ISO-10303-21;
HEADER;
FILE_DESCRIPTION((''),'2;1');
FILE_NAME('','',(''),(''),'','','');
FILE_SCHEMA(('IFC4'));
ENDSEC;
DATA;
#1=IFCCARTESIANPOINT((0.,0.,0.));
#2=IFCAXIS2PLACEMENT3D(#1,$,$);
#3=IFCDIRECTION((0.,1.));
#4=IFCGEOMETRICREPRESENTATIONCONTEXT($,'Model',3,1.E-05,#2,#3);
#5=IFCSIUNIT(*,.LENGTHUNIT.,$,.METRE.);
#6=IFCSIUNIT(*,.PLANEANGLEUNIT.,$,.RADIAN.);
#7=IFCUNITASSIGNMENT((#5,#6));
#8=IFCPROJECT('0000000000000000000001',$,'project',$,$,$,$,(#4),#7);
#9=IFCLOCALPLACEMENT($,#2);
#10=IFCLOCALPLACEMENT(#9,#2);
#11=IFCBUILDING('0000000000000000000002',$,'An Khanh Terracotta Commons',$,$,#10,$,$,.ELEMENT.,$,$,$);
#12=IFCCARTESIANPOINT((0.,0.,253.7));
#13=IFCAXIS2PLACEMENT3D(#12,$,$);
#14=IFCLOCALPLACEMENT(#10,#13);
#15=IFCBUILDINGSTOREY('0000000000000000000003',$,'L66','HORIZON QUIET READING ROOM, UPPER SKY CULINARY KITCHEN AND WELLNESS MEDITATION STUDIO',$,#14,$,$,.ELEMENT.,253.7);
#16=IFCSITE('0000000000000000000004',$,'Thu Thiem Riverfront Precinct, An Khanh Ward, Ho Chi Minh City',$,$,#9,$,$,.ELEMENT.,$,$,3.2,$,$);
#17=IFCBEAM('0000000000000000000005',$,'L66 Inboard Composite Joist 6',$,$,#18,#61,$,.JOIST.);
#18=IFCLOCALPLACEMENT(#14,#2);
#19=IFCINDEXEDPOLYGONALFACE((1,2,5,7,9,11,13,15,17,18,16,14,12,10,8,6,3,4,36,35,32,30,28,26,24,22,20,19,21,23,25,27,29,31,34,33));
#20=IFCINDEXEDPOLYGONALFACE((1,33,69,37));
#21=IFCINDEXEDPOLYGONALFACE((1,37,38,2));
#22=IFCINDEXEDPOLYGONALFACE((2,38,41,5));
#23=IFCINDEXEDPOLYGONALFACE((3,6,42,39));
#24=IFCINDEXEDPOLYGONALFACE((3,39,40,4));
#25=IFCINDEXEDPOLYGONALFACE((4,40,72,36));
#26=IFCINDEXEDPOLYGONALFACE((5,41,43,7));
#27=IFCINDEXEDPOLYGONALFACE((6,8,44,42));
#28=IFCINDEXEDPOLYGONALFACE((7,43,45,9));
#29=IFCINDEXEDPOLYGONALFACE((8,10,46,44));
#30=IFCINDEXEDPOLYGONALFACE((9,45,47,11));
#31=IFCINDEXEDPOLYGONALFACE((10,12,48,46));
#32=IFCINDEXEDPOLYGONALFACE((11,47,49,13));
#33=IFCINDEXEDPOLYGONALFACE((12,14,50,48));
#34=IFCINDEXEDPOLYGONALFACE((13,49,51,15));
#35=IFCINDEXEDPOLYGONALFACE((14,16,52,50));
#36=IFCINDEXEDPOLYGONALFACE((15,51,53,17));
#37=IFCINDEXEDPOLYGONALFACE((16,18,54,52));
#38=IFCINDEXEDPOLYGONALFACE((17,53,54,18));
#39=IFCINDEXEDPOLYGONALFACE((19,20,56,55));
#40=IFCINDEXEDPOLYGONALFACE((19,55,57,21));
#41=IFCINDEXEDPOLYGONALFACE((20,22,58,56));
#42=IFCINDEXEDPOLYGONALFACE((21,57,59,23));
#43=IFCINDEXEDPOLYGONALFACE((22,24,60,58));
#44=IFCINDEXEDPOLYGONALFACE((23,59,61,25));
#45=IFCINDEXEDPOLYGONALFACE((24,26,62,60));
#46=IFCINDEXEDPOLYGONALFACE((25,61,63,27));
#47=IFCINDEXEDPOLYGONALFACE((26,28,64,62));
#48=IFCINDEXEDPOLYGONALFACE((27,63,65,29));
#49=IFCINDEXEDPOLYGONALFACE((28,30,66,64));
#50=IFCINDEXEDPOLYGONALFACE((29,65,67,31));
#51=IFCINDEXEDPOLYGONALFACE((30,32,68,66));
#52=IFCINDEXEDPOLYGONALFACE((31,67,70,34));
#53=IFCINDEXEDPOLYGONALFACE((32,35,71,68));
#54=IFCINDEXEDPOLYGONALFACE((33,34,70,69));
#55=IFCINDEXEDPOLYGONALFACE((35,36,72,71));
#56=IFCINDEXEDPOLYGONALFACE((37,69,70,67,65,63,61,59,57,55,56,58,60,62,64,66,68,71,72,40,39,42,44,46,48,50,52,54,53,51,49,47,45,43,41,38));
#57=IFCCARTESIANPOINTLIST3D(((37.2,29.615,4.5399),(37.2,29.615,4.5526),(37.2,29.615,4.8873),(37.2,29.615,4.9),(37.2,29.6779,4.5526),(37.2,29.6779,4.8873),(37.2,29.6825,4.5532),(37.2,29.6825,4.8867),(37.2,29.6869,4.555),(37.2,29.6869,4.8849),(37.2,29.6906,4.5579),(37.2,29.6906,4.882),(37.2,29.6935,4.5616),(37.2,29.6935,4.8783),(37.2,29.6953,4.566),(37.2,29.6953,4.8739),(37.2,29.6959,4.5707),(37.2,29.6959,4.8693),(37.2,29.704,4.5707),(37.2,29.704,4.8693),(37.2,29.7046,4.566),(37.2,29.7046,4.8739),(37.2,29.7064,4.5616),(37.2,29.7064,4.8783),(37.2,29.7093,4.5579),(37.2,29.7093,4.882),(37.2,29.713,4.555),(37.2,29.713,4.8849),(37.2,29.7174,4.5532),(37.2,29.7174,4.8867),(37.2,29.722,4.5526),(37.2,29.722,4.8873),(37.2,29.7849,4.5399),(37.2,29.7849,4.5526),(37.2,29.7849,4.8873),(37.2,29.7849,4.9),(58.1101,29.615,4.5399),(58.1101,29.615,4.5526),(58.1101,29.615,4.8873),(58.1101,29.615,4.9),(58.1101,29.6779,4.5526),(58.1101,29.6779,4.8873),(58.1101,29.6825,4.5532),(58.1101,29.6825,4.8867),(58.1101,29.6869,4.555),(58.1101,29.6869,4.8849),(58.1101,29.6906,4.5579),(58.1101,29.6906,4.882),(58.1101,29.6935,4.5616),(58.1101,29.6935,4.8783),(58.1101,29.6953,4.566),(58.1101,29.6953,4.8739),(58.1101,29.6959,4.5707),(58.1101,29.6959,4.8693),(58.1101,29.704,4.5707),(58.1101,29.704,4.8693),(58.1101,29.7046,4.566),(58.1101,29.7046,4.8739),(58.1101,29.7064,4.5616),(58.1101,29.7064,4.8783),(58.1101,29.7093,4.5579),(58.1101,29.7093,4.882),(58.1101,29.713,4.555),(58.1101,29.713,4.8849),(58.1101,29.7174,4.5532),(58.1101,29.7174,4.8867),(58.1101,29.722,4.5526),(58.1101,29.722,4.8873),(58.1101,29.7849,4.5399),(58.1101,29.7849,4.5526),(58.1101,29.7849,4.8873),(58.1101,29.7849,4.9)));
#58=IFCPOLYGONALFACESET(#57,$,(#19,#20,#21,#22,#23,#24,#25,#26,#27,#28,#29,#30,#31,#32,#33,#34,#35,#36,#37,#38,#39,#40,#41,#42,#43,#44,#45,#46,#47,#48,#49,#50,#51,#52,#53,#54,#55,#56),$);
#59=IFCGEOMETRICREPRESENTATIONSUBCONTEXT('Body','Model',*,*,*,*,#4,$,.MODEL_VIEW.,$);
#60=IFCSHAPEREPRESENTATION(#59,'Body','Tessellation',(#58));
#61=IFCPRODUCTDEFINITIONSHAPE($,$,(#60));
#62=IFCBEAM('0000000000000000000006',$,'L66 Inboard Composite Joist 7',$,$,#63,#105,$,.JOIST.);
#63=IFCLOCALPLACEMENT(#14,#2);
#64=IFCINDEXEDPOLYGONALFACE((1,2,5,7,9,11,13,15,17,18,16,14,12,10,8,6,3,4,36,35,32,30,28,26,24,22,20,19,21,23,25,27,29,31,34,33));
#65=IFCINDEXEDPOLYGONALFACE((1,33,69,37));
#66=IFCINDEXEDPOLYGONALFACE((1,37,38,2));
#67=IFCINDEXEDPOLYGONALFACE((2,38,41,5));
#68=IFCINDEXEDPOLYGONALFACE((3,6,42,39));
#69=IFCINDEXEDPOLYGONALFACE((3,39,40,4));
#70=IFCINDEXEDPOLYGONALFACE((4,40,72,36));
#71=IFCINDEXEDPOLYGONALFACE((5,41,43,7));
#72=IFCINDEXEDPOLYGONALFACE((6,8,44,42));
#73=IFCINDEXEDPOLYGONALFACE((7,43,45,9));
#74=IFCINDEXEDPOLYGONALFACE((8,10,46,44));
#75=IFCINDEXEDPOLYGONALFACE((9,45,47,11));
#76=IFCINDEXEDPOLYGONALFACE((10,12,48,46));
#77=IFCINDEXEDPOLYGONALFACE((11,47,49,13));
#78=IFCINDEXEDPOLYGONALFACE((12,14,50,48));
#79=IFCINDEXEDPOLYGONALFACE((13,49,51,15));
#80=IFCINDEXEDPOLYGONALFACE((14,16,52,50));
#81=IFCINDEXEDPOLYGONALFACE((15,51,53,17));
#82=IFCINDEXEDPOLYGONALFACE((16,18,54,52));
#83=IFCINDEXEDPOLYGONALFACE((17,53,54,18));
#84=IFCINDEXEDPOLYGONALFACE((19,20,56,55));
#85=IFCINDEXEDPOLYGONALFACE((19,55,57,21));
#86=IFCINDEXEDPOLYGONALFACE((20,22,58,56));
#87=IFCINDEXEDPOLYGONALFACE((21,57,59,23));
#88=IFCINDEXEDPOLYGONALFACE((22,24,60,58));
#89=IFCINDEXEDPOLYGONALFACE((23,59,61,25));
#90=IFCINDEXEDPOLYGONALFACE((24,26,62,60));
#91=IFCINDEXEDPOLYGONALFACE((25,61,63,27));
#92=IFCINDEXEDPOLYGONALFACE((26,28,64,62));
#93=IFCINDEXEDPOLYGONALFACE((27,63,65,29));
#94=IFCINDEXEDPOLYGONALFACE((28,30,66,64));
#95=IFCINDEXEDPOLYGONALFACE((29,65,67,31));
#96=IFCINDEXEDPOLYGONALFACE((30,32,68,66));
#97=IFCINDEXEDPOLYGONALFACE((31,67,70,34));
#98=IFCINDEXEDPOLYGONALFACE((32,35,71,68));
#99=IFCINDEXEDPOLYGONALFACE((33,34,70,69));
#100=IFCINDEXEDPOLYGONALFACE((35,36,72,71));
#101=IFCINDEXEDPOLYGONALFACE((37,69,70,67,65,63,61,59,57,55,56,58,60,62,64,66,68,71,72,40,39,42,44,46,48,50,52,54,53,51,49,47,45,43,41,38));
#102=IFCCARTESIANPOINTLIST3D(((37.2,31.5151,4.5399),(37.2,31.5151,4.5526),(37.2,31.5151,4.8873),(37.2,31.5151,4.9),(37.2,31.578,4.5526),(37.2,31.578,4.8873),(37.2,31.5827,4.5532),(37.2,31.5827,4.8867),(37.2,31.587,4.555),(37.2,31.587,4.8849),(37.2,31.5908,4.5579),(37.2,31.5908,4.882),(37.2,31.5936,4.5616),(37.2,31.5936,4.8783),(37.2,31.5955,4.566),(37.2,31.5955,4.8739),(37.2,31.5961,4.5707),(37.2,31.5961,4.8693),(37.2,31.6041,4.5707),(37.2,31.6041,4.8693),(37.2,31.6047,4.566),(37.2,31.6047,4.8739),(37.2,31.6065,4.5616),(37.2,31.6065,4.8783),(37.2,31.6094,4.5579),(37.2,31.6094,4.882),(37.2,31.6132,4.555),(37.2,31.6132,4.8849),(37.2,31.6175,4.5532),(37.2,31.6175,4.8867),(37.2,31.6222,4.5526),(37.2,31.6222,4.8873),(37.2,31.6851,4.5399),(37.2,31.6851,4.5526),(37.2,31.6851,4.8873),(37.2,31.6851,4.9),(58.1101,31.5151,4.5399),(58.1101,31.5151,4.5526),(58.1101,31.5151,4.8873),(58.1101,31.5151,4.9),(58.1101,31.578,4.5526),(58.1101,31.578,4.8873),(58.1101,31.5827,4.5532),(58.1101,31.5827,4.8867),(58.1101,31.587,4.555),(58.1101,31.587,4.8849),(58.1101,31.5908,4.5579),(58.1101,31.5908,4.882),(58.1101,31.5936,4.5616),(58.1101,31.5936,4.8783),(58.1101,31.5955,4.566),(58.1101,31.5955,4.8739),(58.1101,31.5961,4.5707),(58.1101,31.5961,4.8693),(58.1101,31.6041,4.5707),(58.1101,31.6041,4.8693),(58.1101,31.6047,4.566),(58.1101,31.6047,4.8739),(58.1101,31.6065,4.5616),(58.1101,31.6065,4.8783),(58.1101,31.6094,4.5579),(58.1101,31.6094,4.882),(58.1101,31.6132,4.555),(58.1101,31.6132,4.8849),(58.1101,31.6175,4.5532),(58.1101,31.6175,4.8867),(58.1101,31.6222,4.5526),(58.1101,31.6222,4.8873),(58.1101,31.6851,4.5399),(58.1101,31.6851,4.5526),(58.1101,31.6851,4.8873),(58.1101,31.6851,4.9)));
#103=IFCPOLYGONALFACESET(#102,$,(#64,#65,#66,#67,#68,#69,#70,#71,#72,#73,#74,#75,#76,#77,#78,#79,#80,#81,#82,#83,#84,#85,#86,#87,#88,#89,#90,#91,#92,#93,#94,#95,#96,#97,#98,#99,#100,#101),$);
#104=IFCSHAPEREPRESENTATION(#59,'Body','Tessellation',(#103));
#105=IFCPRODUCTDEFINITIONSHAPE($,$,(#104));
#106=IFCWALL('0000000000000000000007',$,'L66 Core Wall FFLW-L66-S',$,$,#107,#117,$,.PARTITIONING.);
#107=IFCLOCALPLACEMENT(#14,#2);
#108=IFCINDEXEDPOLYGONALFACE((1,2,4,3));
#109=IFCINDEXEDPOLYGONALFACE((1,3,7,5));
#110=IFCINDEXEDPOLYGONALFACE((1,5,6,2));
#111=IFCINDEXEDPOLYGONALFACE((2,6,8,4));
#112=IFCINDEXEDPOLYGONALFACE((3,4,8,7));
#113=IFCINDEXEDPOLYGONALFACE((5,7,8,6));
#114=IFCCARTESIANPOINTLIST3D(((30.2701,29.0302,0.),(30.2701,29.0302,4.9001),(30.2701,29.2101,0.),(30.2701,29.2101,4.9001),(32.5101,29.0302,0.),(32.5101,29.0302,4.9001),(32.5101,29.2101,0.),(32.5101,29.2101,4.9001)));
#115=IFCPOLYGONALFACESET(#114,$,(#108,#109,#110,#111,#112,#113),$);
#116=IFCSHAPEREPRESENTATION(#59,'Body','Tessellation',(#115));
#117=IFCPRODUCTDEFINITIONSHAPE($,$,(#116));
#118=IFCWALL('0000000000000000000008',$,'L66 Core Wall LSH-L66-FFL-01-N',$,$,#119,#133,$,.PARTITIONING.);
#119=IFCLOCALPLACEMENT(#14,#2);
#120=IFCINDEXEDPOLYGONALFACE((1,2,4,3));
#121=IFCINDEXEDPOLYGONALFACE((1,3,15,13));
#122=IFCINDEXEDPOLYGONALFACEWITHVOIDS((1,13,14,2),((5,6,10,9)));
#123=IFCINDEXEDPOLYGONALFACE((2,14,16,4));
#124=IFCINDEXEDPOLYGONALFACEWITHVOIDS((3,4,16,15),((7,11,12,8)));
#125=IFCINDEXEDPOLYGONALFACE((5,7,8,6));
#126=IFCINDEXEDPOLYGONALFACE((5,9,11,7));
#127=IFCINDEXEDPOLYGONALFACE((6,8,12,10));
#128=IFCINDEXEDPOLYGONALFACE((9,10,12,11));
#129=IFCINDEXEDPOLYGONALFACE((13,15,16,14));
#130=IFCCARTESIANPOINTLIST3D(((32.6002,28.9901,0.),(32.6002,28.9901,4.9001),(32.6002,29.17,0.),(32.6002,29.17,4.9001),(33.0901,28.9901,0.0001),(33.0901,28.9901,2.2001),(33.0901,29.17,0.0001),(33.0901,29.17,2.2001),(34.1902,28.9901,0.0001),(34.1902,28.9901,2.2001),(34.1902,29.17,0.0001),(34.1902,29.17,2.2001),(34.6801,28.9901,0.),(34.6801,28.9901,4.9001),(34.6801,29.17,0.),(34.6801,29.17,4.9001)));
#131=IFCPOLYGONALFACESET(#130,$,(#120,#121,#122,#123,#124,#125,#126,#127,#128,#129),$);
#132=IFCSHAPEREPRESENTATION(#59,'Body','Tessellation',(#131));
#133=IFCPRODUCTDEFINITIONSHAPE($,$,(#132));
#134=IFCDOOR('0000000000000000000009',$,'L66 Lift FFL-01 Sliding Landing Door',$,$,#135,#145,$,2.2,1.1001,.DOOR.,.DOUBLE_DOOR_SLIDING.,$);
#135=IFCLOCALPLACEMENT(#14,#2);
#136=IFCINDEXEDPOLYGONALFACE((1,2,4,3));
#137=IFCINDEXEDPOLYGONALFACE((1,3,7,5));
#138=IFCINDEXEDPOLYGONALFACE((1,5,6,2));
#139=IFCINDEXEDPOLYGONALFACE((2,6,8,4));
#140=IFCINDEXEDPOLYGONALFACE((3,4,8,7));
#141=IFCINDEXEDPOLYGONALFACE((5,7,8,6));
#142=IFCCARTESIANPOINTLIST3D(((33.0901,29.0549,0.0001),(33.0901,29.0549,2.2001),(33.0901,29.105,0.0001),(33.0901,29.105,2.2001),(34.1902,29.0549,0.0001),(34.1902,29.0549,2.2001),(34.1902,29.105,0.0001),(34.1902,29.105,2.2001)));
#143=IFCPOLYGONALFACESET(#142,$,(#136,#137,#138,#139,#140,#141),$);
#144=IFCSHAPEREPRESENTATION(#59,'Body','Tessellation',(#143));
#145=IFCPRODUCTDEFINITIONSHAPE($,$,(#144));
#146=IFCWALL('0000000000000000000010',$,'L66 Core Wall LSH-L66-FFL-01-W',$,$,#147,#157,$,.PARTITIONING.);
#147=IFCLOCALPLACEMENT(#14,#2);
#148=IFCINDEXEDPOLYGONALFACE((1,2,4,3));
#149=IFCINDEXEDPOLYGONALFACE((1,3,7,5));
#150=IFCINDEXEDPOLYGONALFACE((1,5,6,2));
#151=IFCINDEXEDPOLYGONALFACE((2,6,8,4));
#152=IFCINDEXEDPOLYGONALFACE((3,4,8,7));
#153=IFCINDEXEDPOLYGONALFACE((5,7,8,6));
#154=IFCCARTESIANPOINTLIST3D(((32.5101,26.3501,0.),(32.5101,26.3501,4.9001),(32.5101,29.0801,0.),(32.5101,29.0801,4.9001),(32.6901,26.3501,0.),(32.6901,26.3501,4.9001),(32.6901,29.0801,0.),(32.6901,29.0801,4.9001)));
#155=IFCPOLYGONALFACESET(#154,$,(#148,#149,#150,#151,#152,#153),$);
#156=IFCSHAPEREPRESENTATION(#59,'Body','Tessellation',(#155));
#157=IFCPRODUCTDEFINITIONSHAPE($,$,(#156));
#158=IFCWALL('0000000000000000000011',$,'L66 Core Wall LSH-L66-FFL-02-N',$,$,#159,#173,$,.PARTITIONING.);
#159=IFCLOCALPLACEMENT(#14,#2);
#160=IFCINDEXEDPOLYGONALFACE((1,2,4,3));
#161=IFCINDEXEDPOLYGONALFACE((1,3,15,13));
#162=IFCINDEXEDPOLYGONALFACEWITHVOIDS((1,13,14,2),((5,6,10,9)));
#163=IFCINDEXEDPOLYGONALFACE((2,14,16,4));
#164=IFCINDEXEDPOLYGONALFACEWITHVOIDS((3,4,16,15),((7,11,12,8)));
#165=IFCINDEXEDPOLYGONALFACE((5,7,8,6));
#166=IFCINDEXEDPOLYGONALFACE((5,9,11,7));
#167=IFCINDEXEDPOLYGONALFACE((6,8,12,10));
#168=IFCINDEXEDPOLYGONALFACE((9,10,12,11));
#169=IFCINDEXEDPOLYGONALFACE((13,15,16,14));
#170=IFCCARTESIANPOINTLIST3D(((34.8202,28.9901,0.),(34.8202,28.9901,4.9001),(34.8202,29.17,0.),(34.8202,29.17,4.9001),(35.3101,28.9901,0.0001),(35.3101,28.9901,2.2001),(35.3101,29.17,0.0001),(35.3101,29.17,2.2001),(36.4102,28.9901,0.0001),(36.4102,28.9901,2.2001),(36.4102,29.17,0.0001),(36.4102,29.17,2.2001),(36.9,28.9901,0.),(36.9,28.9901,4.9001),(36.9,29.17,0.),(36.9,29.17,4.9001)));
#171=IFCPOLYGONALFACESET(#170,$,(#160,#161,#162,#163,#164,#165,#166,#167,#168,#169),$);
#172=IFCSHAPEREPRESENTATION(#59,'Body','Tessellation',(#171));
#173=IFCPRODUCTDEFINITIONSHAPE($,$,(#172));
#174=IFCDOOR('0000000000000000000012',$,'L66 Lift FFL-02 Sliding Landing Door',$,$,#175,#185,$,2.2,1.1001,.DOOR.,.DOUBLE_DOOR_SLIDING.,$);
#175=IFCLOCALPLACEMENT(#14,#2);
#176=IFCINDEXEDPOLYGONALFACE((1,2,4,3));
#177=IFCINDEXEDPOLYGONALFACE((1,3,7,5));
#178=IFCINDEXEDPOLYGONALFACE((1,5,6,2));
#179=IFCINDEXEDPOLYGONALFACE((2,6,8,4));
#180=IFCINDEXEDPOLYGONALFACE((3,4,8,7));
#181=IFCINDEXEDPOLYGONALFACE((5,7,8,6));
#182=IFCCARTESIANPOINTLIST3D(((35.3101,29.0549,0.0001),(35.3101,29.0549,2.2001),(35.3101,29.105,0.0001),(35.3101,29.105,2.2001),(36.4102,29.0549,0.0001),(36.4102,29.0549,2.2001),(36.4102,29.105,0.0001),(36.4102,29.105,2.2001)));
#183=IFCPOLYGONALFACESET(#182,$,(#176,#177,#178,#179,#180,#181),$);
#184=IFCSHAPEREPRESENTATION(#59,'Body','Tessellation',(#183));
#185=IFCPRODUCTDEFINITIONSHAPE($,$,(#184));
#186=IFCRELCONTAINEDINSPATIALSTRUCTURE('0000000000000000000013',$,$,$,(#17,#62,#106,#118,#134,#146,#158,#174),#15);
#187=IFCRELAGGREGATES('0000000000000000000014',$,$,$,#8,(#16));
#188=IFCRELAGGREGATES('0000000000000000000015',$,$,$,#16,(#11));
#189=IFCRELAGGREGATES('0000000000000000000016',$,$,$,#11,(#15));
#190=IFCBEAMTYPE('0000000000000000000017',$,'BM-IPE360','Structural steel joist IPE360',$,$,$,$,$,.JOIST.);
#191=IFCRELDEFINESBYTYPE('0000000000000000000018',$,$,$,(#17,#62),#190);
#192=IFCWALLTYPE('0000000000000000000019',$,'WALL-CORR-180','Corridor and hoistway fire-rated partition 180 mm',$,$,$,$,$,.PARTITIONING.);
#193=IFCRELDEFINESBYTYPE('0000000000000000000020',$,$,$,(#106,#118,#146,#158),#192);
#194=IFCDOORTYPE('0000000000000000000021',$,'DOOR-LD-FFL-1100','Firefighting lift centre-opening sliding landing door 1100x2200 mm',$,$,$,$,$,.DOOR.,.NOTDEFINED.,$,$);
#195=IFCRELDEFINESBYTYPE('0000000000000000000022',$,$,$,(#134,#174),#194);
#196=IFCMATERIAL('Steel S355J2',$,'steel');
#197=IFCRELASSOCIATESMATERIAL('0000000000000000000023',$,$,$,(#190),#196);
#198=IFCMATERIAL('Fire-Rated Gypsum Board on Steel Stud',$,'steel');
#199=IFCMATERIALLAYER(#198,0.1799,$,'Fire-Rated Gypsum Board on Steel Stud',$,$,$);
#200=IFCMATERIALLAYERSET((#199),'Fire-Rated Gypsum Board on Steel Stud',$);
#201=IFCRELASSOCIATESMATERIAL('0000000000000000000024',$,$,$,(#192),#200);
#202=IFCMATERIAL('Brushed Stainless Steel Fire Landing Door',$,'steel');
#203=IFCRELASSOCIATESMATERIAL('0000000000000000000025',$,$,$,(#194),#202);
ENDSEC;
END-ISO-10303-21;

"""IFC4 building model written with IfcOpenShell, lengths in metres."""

from ifc_helpers import new_model, si_unit, direction, frame, frame_2d, origin, origin_2d, place, context, subcontext, project, spatial, rectangle, i_section, extrude, material, layer, layer_set, material_profile, profile_set, type_object, element, fill, save


model = new_model("IFC4")

# Units and contexts
model_context = context("Model", 3, precision=1e-05, world=origin(), true_north=direction((0.0, 1.0)))
body_context = subcontext(model_context, "Body", "Model", "MODEL_VIEW")
ifc_project = project(units=[si_unit("LENGTHUNIT", "METRE"), si_unit("PLANEANGLEUNIT", "RADIAN")], contexts=[model_context])

# Site, building, storey
site_placement = place(None, origin())
site = spatial("IfcSite", under=ifc_project, at=site_placement, Name="Thu Thiem Riverfront Precinct, An Khanh Ward, Ho Chi Minh City", CompositionType="ELEMENT", RefElevation=3.2)
building_placement = place(site_placement, origin())
building = spatial("IfcBuilding", under=site, at=building_placement, Name="An Khanh Terracotta Commons", CompositionType="ELEMENT")
storey_placement = place(building_placement, frame((0.0, 0.0, 253.7)))
storey = spatial("IfcBuildingStorey", under=building, at=storey_placement, Name="L66", Description="HORIZON QUIET READING ROOM, UPPER SKY CULINARY KITCHEN AND WELLNESS MEDITATION STUDIO", CompositionType="ELEMENT", Elevation=253.7)

# Beams
ifc_material_1 = material(Name="Steel S355J2", Category="steel")
ifc_material_profile_1 = material_profile(ifc_material_1, i_section(OverallWidth=0.1699, OverallDepth=0.3601, WebThickness=0.0081, FlangeThickness=0.0127, FilletRadius=0.0181, at=origin_2d()), Name="IPE360")
ifc_profile_set_1 = profile_set([ifc_material_profile_1], Name="Steel S355J2")
beam_type_1 = type_object("IfcBeamType", Name="BM-IPE360", Description="Structural steel joist IPE360", PredefinedType="JOIST", material=ifc_profile_set_1)
for number, where, z_axis, x_axis, name in (
    (1, (37.2, 29.7, 4.72), (1.0, 0.0, 0.0), (0.0, 1.0, 0.0), "L66 Inboard Composite Joist 6"),
    (2, (37.2, 31.6001, 4.72), (1.0, 0.0, 0.0), (0.0, 1.0, 0.0), "L66 Inboard Composite Joist 7"),
):
    element("IfcBeam", number, at=place(storey_placement, frame(where, z_axis=z_axis, x_axis=x_axis)), inside=storey, type_object=beam_type_1, Name=name, PredefinedType="JOIST", context=body_context, shape_type="SweptSolid", body=[
        extrude(i_section(OverallWidth=0.1699, OverallDepth=0.3601, WebThickness=0.0081, FlangeThickness=0.0127, FilletRadius=0.0181, at=origin_2d()), origin(), (0.0, 0.0, 1.0), 20.9102),
    ])

# Wall
ifc_material_2 = material(Name="Fire-Rated Gypsum Board on Steel Stud", Category="steel")
ifc_layer_1 = layer(ifc_material_2, 0.1799, Name="Fire-Rated Gypsum Board on Steel Stud")
ifc_layer_set_1 = layer_set([ifc_layer_1], Name="Fire-Rated Gypsum Board on Steel Stud")
wall_type_1 = type_object("IfcWallType", Name="WALL-CORR-180", Description="Corridor and hoistway fire-rated partition 180 mm", PredefinedType="PARTITIONING", material=ifc_layer_set_1)
wall_1_placement = place(storey_placement, frame((30.27, 29.1201, 0.0), z_axis=(0.0, 0.0, 1.0), x_axis=(1.0, 0.0, 0.0)))
element("IfcWall", 3, at=wall_1_placement, inside=storey, type_object=wall_type_1, Name="L66 Core Wall FFLW-L66-S", PredefinedType="PARTITIONING", context=body_context, shape_type="SweptSolid", body=[
    extrude(rectangle(XDim=2.24, YDim=0.1799, at=frame_2d((1.1201, 0.0))), origin(), (0.0, 0.0, 1.0), 4.9001),
])

# Wall, opening, door
wall_2_placement = place(storey_placement, frame((32.6001, 29.0801, 0.0), z_axis=(0.0, 0.0, 1.0), x_axis=(1.0, 0.0, 0.0)))
wall_2 = element("IfcWall", 4, at=wall_2_placement, inside=storey, type_object=wall_type_1, Name="L66 Core Wall LSH-L66-FFL-01-N", PredefinedType="PARTITIONING", context=body_context, shape_type="SweptSolid", body=[
    extrude(rectangle(XDim=2.0798, YDim=0.1799, at=frame_2d((1.04, 0.0))), origin(), (0.0, 0.0, 1.0), 4.9001),
])
opening_1_placement = place(wall_2_placement, frame((0.49, 0.0, 0.0)))
opening_1 = element("IfcOpeningElement", 5, at=opening_1_placement, cuts=wall_2, PredefinedType="OPENING", context=body_context, shape_type="SweptSolid", body=[
    extrude(rectangle(XDim=1.1001, YDim=2.2, at=frame_2d((0.55, 1.1001))), frame((0.0, 0.0999, 0.0), z_axis=(0.0, -1.0, 0.0), x_axis=(1.0, 0.0, 0.0)), (0.0, 0.0, 1.0), 0.2),
])
ifc_material_3 = material(Name="Brushed Stainless Steel Fire Landing Door", Category="steel")
door_type_1 = type_object("IfcDoorType", Name="DOOR-LD-FFL-1100", Description="Firefighting lift centre-opening sliding landing door 1100x2200 mm", OperationType="NOTDEFINED", PredefinedType="DOOR", material=ifc_material_3)
door_1_placement = place(opening_1_placement, origin())
door_1 = element("IfcDoor", 6, at=door_1_placement, inside=storey, type_object=door_type_1, Name="L66 Lift FFL-01 Sliding Landing Door", OperationType="DOUBLE_DOOR_SLIDING", OverallHeight=2.2, OverallWidth=1.1001, PredefinedType="DOOR", context=body_context, shape_type="SweptSolid", body=[
    extrude(rectangle(XDim=1.1001, YDim=2.2, at=frame_2d((0.55, 1.1001))), frame((0.0, 0.0249, 0.0), z_axis=(0.0, -1.0, 0.0), x_axis=(1.0, 0.0, 0.0)), (0.0, 0.0, 1.0), 0.05),
])
fill(opening_1, door_1)

# Wall
wall_3_placement = place(storey_placement, frame((32.6001, 29.0801, 0.0), z_axis=(0.0, 0.0, 1.0), x_axis=(0.0, -1.0, 0.0)))
element("IfcWall", 7, at=wall_3_placement, inside=storey, type_object=wall_type_1, Name="L66 Core Wall LSH-L66-FFL-01-W", PredefinedType="PARTITIONING", context=body_context, shape_type="SweptSolid", body=[
    extrude(rectangle(XDim=2.73, YDim=0.1799, at=frame_2d((1.365, 0.0))), origin(), (0.0, 0.0, 1.0), 4.9001),
])

# Wall, opening, door
wall_4_placement = place(storey_placement, frame((34.8201, 29.0801, 0.0), z_axis=(0.0, 0.0, 1.0), x_axis=(1.0, 0.0, 0.0)))
wall_4 = element("IfcWall", 8, at=wall_4_placement, inside=storey, type_object=wall_type_1, Name="L66 Core Wall LSH-L66-FFL-02-N", PredefinedType="PARTITIONING", context=body_context, shape_type="SweptSolid", body=[
    extrude(rectangle(XDim=2.0798, YDim=0.1799, at=frame_2d((1.04, 0.0))), origin(), (0.0, 0.0, 1.0), 4.9001),
])
opening_2_placement = place(wall_4_placement, frame((0.49, 0.0, 0.0)))
opening_2 = element("IfcOpeningElement", 9, at=opening_2_placement, cuts=wall_4, PredefinedType="OPENING", context=body_context, shape_type="SweptSolid", body=[
    extrude(rectangle(XDim=1.1001, YDim=2.2, at=frame_2d((0.55, 1.1001))), frame((0.0, 0.0999, 0.0), z_axis=(0.0, -1.0, 0.0), x_axis=(1.0, 0.0, 0.0)), (0.0, 0.0, 1.0), 0.2),
])
door_2_placement = place(opening_2_placement, origin())
door_2 = element("IfcDoor", 10, at=door_2_placement, inside=storey, type_object=door_type_1, Name="L66 Lift FFL-02 Sliding Landing Door", OperationType="DOUBLE_DOOR_SLIDING", OverallHeight=2.2, OverallWidth=1.1001, PredefinedType="DOOR", context=body_context, shape_type="SweptSolid", body=[
    extrude(rectangle(XDim=1.1001, YDim=2.2, at=frame_2d((0.55, 1.1001))), frame((0.0, 0.0249, 0.0), z_axis=(0.0, -1.0, 0.0), x_axis=(1.0, 0.0, 0.0)), (0.0, 0.0, 1.0), 0.05),
])
fill(opening_2, door_2)

save(model, "model.ifc")
